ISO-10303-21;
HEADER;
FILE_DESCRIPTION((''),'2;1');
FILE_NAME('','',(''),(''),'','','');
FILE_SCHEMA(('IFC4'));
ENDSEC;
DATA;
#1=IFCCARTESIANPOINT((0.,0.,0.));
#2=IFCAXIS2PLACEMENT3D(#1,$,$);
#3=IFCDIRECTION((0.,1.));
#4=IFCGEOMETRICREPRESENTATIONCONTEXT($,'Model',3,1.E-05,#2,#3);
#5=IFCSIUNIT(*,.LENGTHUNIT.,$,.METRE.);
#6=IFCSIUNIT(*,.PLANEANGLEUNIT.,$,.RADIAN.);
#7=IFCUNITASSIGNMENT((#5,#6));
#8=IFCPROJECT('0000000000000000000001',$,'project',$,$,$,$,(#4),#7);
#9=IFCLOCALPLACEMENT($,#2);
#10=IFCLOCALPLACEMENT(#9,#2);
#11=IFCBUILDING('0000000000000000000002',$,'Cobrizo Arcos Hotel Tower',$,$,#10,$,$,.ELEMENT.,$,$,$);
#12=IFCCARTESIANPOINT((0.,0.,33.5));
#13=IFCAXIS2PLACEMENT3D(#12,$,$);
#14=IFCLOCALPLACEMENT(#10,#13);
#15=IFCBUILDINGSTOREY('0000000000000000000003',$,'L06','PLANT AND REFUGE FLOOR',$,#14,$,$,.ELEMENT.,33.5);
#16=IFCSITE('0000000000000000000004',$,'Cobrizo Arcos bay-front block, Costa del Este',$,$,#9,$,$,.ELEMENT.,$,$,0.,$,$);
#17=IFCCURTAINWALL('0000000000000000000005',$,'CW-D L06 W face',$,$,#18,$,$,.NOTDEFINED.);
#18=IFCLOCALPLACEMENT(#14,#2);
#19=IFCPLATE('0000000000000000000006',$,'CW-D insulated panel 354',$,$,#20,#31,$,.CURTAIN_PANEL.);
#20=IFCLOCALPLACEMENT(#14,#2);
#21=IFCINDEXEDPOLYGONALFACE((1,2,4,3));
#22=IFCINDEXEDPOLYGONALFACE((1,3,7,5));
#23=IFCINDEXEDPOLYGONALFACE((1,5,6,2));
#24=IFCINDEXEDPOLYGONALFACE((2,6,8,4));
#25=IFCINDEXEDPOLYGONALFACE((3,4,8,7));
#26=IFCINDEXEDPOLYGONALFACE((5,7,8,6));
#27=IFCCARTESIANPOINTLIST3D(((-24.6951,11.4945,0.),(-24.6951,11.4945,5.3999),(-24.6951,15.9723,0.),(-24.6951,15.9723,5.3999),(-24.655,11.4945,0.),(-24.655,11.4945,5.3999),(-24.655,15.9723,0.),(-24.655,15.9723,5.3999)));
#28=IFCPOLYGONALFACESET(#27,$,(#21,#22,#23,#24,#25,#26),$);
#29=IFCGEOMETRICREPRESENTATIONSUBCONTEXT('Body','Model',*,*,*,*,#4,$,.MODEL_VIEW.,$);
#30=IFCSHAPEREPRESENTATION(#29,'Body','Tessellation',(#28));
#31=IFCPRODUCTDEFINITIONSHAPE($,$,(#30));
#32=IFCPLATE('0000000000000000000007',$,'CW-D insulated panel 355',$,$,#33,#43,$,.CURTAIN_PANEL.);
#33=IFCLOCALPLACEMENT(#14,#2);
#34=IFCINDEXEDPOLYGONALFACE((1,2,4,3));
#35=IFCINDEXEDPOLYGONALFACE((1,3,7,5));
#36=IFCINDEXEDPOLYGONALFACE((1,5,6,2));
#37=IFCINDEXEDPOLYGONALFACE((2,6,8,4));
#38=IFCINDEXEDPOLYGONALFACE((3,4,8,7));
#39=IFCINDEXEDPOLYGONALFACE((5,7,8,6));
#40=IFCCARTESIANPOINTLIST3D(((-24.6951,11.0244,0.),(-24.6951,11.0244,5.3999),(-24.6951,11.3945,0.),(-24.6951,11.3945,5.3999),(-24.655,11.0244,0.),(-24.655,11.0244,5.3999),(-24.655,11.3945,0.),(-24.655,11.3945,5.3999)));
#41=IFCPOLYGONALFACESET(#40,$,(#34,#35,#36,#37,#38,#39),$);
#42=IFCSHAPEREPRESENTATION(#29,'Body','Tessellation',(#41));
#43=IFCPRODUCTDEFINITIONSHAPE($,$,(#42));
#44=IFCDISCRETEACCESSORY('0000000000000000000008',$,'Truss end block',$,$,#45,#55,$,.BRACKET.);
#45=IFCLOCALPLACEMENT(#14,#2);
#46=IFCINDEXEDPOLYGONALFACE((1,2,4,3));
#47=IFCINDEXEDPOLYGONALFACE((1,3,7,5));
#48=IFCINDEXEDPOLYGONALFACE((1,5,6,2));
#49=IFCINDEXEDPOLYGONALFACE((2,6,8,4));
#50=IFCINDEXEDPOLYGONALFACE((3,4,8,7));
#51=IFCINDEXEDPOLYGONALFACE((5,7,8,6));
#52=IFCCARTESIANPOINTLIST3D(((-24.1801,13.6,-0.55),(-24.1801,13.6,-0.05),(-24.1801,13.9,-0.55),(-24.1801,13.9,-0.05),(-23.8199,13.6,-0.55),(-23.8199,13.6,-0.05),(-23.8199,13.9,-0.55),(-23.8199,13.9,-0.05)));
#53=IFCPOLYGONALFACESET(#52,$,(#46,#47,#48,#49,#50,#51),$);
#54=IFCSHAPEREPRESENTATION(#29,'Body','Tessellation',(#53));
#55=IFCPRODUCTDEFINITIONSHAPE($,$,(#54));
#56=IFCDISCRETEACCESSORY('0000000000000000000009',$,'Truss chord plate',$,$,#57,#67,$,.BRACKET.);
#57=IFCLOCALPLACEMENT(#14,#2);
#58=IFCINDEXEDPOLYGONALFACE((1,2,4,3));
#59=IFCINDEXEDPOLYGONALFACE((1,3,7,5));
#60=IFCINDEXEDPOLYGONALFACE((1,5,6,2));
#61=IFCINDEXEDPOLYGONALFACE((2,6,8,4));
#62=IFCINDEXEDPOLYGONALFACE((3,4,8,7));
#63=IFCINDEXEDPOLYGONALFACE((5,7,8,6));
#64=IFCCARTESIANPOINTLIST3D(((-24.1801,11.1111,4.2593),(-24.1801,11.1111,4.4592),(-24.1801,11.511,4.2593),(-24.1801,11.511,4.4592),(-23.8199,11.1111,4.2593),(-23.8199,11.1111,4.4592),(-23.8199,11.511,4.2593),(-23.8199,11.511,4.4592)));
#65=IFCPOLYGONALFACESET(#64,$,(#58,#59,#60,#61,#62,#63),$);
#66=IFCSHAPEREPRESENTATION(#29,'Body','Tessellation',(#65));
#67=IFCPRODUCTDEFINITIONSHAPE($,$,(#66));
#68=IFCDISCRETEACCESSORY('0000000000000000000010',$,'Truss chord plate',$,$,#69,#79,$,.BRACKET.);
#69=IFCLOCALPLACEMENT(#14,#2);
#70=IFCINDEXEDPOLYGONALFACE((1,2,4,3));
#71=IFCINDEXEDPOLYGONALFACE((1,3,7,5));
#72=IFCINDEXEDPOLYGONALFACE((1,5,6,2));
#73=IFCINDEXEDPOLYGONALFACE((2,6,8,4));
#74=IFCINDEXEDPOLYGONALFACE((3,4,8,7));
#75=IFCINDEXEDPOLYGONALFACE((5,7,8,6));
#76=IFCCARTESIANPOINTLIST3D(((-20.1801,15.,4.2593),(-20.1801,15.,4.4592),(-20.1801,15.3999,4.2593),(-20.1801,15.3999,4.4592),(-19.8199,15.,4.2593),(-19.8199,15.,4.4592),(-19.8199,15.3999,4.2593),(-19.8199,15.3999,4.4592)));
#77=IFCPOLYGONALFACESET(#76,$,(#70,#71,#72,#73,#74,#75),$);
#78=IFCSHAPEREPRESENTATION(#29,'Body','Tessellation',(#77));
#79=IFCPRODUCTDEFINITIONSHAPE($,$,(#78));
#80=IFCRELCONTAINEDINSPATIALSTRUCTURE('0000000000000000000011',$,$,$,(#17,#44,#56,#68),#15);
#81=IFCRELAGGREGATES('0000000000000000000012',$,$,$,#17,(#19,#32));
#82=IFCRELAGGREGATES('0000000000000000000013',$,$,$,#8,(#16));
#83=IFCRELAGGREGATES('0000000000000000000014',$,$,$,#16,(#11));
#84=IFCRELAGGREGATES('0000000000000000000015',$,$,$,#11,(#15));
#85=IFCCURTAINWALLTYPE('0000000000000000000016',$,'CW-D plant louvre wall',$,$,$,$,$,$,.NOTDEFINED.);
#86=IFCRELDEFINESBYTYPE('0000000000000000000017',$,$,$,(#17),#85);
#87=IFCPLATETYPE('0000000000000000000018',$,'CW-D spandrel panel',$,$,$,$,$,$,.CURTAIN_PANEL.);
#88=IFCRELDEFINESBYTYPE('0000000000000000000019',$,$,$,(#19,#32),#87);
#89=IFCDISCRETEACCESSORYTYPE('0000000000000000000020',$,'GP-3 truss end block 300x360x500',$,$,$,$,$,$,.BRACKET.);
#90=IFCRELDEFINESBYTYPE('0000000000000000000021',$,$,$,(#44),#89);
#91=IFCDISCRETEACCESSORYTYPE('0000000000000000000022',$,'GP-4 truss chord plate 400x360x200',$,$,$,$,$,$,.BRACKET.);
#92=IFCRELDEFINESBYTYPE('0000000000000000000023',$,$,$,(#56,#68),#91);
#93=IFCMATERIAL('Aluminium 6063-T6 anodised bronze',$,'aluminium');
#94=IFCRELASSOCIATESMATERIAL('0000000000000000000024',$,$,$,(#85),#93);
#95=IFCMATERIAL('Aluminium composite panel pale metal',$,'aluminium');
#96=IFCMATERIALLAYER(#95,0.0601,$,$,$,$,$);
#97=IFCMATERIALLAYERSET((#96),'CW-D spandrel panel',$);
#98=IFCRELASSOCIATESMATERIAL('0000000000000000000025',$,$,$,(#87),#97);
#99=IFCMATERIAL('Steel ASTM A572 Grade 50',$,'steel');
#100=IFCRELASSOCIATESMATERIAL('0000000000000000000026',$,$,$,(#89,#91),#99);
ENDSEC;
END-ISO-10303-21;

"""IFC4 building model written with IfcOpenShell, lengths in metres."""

from ifc_helpers import new_model, si_unit, direction, frame, origin, origin_2d, place, context, subcontext, project, spatial, rectangle, extrude, material, layer, layer_set, type_object, element, aggregate, save


model = new_model("IFC4")

# Units and contexts
model_context = context("Model", 3, precision=1e-05, world=origin(), true_north=direction((0.0, 1.0)))
body_context = subcontext(model_context, "Body", "Model", "MODEL_VIEW")
ifc_project = project(units=[si_unit("LENGTHUNIT", "METRE"), si_unit("PLANEANGLEUNIT", "RADIAN")], contexts=[model_context])

# Site, building, storey
site_placement = place(None, origin())
site = spatial("IfcSite", under=ifc_project, at=site_placement, Name="Cobrizo Arcos bay-front block, Costa del Este", CompositionType="ELEMENT", RefElevation=0.0)
building_placement = place(site_placement, origin())
building = spatial("IfcBuilding", under=site, at=building_placement, Name="Cobrizo Arcos Hotel Tower", CompositionType="ELEMENT")
storey_placement = place(building_placement, frame((0.0, 0.0, 33.5)))
storey = spatial("IfcBuildingStorey", under=building, at=storey_placement, Name="L06", Description="PLANT AND REFUGE FLOOR", CompositionType="ELEMENT", Elevation=33.5)

# Shared definitions
ifc_material_1 = material(Name="Steel ASTM A572 Grade 50", Category="steel")

# Curtain wall
ifc_material_2 = material(Name="Aluminium 6063-T6 anodised bronze", Category="aluminium")
curtain_wall_type = type_object("IfcCurtainWallType", Name="CW-D plant louvre wall", PredefinedType="NOTDEFINED", material=ifc_material_2)
curtain_wall_placement = place(storey_placement, origin())
curtain_wall = element("IfcCurtainWall", 1, at=curtain_wall_placement, inside=storey, type_object=curtain_wall_type, Name="CW-D L06 W face", PredefinedType="NOTDEFINED")

# Plates
ifc_material_3 = material(Name="Aluminium composite panel pale metal", Category="aluminium")
ifc_layer = layer(ifc_material_3, 0.0601)
ifc_layer_set = layer_set([ifc_layer], Name="CW-D spandrel panel")
plate_type = type_object("IfcPlateType", Name="CW-D spandrel panel", PredefinedType="CURTAIN_PANEL", material=ifc_layer_set)
plate_1_placement = place(storey_placement, frame((-24.675, 13.7334, 0.0), z_axis=(0.0, 0.0, 1.0), x_axis=(0.0, -1.0, 0.0)))
plate_1 = element("IfcPlate", 2, at=plate_1_placement, type_object=plate_type, Name="CW-D insulated panel 354", PredefinedType="CURTAIN_PANEL", context=body_context, shape_type="SweptSolid", body=[
    extrude(rectangle(XDim=4.4778, YDim=0.04, at=origin_2d()), origin(), (0.0, 0.0, 1.0), 5.3999),
])
plate_2_placement = place(storey_placement, frame((-24.675, 11.2095, 0.0), z_axis=(0.0, 0.0, 1.0), x_axis=(0.0, -1.0, 0.0)))
plate_2 = element("IfcPlate", 3, at=plate_2_placement, type_object=plate_type, Name="CW-D insulated panel 355", PredefinedType="CURTAIN_PANEL", context=body_context, shape_type="SweptSolid", body=[
    extrude(rectangle(XDim=0.3701, YDim=0.04, at=origin_2d()), origin(), (0.0, 0.0, 1.0), 5.3999),
])
aggregate(curtain_wall, [plate_1, plate_2])

# Discrete accessories
discrete_accessory_type_1 = type_object("IfcDiscreteAccessoryType", Name="GP-3 truss end block 300x360x500", PredefinedType="BRACKET", material=ifc_material_1)
discrete_accessory_placement = place(storey_placement, frame((-24.0, 13.75, -0.55), z_axis=(0.0, 0.0, 1.0), x_axis=(0.0, -1.0, 0.0)))
element("IfcDiscreteAccessory", 4, at=discrete_accessory_placement, inside=storey, type_object=discrete_accessory_type_1, Name="Truss end block", PredefinedType="BRACKET", context=body_context, shape_type="SweptSolid", body=[
    extrude(rectangle(XDim=0.3, YDim=0.3601, at=origin_2d()), origin(), (0.0, 0.0, 1.0), 0.5),
])
discrete_accessory_type_2 = type_object("IfcDiscreteAccessoryType", Name="GP-4 truss chord plate 400x360x200", PredefinedType="BRACKET", material=ifc_material_1)
for number, where, z_axis, x_axis, name in (
    (5, (-24.0, 11.311, 4.2593), (0.0, 0.0, 1.0), (0.0, -1.0, 0.0), "Truss chord plate"),
    (6, (-20.0, 15.2, 4.2593), (0.0, 0.0, 1.0), (0.0, 1.0, 0.0), "Truss chord plate"),
):
    element("IfcDiscreteAccessory", number, at=place(storey_placement, frame(where, z_axis=z_axis, x_axis=x_axis)), inside=storey, type_object=discrete_accessory_type_2, Name=name, PredefinedType="BRACKET", context=body_context, shape_type="SweptSolid", body=[
        extrude(rectangle(XDim=0.3999, YDim=0.3601, at=origin_2d()), origin(), (0.0, 0.0, 1.0), 0.2),
    ])

save(model, "model.ifc")
